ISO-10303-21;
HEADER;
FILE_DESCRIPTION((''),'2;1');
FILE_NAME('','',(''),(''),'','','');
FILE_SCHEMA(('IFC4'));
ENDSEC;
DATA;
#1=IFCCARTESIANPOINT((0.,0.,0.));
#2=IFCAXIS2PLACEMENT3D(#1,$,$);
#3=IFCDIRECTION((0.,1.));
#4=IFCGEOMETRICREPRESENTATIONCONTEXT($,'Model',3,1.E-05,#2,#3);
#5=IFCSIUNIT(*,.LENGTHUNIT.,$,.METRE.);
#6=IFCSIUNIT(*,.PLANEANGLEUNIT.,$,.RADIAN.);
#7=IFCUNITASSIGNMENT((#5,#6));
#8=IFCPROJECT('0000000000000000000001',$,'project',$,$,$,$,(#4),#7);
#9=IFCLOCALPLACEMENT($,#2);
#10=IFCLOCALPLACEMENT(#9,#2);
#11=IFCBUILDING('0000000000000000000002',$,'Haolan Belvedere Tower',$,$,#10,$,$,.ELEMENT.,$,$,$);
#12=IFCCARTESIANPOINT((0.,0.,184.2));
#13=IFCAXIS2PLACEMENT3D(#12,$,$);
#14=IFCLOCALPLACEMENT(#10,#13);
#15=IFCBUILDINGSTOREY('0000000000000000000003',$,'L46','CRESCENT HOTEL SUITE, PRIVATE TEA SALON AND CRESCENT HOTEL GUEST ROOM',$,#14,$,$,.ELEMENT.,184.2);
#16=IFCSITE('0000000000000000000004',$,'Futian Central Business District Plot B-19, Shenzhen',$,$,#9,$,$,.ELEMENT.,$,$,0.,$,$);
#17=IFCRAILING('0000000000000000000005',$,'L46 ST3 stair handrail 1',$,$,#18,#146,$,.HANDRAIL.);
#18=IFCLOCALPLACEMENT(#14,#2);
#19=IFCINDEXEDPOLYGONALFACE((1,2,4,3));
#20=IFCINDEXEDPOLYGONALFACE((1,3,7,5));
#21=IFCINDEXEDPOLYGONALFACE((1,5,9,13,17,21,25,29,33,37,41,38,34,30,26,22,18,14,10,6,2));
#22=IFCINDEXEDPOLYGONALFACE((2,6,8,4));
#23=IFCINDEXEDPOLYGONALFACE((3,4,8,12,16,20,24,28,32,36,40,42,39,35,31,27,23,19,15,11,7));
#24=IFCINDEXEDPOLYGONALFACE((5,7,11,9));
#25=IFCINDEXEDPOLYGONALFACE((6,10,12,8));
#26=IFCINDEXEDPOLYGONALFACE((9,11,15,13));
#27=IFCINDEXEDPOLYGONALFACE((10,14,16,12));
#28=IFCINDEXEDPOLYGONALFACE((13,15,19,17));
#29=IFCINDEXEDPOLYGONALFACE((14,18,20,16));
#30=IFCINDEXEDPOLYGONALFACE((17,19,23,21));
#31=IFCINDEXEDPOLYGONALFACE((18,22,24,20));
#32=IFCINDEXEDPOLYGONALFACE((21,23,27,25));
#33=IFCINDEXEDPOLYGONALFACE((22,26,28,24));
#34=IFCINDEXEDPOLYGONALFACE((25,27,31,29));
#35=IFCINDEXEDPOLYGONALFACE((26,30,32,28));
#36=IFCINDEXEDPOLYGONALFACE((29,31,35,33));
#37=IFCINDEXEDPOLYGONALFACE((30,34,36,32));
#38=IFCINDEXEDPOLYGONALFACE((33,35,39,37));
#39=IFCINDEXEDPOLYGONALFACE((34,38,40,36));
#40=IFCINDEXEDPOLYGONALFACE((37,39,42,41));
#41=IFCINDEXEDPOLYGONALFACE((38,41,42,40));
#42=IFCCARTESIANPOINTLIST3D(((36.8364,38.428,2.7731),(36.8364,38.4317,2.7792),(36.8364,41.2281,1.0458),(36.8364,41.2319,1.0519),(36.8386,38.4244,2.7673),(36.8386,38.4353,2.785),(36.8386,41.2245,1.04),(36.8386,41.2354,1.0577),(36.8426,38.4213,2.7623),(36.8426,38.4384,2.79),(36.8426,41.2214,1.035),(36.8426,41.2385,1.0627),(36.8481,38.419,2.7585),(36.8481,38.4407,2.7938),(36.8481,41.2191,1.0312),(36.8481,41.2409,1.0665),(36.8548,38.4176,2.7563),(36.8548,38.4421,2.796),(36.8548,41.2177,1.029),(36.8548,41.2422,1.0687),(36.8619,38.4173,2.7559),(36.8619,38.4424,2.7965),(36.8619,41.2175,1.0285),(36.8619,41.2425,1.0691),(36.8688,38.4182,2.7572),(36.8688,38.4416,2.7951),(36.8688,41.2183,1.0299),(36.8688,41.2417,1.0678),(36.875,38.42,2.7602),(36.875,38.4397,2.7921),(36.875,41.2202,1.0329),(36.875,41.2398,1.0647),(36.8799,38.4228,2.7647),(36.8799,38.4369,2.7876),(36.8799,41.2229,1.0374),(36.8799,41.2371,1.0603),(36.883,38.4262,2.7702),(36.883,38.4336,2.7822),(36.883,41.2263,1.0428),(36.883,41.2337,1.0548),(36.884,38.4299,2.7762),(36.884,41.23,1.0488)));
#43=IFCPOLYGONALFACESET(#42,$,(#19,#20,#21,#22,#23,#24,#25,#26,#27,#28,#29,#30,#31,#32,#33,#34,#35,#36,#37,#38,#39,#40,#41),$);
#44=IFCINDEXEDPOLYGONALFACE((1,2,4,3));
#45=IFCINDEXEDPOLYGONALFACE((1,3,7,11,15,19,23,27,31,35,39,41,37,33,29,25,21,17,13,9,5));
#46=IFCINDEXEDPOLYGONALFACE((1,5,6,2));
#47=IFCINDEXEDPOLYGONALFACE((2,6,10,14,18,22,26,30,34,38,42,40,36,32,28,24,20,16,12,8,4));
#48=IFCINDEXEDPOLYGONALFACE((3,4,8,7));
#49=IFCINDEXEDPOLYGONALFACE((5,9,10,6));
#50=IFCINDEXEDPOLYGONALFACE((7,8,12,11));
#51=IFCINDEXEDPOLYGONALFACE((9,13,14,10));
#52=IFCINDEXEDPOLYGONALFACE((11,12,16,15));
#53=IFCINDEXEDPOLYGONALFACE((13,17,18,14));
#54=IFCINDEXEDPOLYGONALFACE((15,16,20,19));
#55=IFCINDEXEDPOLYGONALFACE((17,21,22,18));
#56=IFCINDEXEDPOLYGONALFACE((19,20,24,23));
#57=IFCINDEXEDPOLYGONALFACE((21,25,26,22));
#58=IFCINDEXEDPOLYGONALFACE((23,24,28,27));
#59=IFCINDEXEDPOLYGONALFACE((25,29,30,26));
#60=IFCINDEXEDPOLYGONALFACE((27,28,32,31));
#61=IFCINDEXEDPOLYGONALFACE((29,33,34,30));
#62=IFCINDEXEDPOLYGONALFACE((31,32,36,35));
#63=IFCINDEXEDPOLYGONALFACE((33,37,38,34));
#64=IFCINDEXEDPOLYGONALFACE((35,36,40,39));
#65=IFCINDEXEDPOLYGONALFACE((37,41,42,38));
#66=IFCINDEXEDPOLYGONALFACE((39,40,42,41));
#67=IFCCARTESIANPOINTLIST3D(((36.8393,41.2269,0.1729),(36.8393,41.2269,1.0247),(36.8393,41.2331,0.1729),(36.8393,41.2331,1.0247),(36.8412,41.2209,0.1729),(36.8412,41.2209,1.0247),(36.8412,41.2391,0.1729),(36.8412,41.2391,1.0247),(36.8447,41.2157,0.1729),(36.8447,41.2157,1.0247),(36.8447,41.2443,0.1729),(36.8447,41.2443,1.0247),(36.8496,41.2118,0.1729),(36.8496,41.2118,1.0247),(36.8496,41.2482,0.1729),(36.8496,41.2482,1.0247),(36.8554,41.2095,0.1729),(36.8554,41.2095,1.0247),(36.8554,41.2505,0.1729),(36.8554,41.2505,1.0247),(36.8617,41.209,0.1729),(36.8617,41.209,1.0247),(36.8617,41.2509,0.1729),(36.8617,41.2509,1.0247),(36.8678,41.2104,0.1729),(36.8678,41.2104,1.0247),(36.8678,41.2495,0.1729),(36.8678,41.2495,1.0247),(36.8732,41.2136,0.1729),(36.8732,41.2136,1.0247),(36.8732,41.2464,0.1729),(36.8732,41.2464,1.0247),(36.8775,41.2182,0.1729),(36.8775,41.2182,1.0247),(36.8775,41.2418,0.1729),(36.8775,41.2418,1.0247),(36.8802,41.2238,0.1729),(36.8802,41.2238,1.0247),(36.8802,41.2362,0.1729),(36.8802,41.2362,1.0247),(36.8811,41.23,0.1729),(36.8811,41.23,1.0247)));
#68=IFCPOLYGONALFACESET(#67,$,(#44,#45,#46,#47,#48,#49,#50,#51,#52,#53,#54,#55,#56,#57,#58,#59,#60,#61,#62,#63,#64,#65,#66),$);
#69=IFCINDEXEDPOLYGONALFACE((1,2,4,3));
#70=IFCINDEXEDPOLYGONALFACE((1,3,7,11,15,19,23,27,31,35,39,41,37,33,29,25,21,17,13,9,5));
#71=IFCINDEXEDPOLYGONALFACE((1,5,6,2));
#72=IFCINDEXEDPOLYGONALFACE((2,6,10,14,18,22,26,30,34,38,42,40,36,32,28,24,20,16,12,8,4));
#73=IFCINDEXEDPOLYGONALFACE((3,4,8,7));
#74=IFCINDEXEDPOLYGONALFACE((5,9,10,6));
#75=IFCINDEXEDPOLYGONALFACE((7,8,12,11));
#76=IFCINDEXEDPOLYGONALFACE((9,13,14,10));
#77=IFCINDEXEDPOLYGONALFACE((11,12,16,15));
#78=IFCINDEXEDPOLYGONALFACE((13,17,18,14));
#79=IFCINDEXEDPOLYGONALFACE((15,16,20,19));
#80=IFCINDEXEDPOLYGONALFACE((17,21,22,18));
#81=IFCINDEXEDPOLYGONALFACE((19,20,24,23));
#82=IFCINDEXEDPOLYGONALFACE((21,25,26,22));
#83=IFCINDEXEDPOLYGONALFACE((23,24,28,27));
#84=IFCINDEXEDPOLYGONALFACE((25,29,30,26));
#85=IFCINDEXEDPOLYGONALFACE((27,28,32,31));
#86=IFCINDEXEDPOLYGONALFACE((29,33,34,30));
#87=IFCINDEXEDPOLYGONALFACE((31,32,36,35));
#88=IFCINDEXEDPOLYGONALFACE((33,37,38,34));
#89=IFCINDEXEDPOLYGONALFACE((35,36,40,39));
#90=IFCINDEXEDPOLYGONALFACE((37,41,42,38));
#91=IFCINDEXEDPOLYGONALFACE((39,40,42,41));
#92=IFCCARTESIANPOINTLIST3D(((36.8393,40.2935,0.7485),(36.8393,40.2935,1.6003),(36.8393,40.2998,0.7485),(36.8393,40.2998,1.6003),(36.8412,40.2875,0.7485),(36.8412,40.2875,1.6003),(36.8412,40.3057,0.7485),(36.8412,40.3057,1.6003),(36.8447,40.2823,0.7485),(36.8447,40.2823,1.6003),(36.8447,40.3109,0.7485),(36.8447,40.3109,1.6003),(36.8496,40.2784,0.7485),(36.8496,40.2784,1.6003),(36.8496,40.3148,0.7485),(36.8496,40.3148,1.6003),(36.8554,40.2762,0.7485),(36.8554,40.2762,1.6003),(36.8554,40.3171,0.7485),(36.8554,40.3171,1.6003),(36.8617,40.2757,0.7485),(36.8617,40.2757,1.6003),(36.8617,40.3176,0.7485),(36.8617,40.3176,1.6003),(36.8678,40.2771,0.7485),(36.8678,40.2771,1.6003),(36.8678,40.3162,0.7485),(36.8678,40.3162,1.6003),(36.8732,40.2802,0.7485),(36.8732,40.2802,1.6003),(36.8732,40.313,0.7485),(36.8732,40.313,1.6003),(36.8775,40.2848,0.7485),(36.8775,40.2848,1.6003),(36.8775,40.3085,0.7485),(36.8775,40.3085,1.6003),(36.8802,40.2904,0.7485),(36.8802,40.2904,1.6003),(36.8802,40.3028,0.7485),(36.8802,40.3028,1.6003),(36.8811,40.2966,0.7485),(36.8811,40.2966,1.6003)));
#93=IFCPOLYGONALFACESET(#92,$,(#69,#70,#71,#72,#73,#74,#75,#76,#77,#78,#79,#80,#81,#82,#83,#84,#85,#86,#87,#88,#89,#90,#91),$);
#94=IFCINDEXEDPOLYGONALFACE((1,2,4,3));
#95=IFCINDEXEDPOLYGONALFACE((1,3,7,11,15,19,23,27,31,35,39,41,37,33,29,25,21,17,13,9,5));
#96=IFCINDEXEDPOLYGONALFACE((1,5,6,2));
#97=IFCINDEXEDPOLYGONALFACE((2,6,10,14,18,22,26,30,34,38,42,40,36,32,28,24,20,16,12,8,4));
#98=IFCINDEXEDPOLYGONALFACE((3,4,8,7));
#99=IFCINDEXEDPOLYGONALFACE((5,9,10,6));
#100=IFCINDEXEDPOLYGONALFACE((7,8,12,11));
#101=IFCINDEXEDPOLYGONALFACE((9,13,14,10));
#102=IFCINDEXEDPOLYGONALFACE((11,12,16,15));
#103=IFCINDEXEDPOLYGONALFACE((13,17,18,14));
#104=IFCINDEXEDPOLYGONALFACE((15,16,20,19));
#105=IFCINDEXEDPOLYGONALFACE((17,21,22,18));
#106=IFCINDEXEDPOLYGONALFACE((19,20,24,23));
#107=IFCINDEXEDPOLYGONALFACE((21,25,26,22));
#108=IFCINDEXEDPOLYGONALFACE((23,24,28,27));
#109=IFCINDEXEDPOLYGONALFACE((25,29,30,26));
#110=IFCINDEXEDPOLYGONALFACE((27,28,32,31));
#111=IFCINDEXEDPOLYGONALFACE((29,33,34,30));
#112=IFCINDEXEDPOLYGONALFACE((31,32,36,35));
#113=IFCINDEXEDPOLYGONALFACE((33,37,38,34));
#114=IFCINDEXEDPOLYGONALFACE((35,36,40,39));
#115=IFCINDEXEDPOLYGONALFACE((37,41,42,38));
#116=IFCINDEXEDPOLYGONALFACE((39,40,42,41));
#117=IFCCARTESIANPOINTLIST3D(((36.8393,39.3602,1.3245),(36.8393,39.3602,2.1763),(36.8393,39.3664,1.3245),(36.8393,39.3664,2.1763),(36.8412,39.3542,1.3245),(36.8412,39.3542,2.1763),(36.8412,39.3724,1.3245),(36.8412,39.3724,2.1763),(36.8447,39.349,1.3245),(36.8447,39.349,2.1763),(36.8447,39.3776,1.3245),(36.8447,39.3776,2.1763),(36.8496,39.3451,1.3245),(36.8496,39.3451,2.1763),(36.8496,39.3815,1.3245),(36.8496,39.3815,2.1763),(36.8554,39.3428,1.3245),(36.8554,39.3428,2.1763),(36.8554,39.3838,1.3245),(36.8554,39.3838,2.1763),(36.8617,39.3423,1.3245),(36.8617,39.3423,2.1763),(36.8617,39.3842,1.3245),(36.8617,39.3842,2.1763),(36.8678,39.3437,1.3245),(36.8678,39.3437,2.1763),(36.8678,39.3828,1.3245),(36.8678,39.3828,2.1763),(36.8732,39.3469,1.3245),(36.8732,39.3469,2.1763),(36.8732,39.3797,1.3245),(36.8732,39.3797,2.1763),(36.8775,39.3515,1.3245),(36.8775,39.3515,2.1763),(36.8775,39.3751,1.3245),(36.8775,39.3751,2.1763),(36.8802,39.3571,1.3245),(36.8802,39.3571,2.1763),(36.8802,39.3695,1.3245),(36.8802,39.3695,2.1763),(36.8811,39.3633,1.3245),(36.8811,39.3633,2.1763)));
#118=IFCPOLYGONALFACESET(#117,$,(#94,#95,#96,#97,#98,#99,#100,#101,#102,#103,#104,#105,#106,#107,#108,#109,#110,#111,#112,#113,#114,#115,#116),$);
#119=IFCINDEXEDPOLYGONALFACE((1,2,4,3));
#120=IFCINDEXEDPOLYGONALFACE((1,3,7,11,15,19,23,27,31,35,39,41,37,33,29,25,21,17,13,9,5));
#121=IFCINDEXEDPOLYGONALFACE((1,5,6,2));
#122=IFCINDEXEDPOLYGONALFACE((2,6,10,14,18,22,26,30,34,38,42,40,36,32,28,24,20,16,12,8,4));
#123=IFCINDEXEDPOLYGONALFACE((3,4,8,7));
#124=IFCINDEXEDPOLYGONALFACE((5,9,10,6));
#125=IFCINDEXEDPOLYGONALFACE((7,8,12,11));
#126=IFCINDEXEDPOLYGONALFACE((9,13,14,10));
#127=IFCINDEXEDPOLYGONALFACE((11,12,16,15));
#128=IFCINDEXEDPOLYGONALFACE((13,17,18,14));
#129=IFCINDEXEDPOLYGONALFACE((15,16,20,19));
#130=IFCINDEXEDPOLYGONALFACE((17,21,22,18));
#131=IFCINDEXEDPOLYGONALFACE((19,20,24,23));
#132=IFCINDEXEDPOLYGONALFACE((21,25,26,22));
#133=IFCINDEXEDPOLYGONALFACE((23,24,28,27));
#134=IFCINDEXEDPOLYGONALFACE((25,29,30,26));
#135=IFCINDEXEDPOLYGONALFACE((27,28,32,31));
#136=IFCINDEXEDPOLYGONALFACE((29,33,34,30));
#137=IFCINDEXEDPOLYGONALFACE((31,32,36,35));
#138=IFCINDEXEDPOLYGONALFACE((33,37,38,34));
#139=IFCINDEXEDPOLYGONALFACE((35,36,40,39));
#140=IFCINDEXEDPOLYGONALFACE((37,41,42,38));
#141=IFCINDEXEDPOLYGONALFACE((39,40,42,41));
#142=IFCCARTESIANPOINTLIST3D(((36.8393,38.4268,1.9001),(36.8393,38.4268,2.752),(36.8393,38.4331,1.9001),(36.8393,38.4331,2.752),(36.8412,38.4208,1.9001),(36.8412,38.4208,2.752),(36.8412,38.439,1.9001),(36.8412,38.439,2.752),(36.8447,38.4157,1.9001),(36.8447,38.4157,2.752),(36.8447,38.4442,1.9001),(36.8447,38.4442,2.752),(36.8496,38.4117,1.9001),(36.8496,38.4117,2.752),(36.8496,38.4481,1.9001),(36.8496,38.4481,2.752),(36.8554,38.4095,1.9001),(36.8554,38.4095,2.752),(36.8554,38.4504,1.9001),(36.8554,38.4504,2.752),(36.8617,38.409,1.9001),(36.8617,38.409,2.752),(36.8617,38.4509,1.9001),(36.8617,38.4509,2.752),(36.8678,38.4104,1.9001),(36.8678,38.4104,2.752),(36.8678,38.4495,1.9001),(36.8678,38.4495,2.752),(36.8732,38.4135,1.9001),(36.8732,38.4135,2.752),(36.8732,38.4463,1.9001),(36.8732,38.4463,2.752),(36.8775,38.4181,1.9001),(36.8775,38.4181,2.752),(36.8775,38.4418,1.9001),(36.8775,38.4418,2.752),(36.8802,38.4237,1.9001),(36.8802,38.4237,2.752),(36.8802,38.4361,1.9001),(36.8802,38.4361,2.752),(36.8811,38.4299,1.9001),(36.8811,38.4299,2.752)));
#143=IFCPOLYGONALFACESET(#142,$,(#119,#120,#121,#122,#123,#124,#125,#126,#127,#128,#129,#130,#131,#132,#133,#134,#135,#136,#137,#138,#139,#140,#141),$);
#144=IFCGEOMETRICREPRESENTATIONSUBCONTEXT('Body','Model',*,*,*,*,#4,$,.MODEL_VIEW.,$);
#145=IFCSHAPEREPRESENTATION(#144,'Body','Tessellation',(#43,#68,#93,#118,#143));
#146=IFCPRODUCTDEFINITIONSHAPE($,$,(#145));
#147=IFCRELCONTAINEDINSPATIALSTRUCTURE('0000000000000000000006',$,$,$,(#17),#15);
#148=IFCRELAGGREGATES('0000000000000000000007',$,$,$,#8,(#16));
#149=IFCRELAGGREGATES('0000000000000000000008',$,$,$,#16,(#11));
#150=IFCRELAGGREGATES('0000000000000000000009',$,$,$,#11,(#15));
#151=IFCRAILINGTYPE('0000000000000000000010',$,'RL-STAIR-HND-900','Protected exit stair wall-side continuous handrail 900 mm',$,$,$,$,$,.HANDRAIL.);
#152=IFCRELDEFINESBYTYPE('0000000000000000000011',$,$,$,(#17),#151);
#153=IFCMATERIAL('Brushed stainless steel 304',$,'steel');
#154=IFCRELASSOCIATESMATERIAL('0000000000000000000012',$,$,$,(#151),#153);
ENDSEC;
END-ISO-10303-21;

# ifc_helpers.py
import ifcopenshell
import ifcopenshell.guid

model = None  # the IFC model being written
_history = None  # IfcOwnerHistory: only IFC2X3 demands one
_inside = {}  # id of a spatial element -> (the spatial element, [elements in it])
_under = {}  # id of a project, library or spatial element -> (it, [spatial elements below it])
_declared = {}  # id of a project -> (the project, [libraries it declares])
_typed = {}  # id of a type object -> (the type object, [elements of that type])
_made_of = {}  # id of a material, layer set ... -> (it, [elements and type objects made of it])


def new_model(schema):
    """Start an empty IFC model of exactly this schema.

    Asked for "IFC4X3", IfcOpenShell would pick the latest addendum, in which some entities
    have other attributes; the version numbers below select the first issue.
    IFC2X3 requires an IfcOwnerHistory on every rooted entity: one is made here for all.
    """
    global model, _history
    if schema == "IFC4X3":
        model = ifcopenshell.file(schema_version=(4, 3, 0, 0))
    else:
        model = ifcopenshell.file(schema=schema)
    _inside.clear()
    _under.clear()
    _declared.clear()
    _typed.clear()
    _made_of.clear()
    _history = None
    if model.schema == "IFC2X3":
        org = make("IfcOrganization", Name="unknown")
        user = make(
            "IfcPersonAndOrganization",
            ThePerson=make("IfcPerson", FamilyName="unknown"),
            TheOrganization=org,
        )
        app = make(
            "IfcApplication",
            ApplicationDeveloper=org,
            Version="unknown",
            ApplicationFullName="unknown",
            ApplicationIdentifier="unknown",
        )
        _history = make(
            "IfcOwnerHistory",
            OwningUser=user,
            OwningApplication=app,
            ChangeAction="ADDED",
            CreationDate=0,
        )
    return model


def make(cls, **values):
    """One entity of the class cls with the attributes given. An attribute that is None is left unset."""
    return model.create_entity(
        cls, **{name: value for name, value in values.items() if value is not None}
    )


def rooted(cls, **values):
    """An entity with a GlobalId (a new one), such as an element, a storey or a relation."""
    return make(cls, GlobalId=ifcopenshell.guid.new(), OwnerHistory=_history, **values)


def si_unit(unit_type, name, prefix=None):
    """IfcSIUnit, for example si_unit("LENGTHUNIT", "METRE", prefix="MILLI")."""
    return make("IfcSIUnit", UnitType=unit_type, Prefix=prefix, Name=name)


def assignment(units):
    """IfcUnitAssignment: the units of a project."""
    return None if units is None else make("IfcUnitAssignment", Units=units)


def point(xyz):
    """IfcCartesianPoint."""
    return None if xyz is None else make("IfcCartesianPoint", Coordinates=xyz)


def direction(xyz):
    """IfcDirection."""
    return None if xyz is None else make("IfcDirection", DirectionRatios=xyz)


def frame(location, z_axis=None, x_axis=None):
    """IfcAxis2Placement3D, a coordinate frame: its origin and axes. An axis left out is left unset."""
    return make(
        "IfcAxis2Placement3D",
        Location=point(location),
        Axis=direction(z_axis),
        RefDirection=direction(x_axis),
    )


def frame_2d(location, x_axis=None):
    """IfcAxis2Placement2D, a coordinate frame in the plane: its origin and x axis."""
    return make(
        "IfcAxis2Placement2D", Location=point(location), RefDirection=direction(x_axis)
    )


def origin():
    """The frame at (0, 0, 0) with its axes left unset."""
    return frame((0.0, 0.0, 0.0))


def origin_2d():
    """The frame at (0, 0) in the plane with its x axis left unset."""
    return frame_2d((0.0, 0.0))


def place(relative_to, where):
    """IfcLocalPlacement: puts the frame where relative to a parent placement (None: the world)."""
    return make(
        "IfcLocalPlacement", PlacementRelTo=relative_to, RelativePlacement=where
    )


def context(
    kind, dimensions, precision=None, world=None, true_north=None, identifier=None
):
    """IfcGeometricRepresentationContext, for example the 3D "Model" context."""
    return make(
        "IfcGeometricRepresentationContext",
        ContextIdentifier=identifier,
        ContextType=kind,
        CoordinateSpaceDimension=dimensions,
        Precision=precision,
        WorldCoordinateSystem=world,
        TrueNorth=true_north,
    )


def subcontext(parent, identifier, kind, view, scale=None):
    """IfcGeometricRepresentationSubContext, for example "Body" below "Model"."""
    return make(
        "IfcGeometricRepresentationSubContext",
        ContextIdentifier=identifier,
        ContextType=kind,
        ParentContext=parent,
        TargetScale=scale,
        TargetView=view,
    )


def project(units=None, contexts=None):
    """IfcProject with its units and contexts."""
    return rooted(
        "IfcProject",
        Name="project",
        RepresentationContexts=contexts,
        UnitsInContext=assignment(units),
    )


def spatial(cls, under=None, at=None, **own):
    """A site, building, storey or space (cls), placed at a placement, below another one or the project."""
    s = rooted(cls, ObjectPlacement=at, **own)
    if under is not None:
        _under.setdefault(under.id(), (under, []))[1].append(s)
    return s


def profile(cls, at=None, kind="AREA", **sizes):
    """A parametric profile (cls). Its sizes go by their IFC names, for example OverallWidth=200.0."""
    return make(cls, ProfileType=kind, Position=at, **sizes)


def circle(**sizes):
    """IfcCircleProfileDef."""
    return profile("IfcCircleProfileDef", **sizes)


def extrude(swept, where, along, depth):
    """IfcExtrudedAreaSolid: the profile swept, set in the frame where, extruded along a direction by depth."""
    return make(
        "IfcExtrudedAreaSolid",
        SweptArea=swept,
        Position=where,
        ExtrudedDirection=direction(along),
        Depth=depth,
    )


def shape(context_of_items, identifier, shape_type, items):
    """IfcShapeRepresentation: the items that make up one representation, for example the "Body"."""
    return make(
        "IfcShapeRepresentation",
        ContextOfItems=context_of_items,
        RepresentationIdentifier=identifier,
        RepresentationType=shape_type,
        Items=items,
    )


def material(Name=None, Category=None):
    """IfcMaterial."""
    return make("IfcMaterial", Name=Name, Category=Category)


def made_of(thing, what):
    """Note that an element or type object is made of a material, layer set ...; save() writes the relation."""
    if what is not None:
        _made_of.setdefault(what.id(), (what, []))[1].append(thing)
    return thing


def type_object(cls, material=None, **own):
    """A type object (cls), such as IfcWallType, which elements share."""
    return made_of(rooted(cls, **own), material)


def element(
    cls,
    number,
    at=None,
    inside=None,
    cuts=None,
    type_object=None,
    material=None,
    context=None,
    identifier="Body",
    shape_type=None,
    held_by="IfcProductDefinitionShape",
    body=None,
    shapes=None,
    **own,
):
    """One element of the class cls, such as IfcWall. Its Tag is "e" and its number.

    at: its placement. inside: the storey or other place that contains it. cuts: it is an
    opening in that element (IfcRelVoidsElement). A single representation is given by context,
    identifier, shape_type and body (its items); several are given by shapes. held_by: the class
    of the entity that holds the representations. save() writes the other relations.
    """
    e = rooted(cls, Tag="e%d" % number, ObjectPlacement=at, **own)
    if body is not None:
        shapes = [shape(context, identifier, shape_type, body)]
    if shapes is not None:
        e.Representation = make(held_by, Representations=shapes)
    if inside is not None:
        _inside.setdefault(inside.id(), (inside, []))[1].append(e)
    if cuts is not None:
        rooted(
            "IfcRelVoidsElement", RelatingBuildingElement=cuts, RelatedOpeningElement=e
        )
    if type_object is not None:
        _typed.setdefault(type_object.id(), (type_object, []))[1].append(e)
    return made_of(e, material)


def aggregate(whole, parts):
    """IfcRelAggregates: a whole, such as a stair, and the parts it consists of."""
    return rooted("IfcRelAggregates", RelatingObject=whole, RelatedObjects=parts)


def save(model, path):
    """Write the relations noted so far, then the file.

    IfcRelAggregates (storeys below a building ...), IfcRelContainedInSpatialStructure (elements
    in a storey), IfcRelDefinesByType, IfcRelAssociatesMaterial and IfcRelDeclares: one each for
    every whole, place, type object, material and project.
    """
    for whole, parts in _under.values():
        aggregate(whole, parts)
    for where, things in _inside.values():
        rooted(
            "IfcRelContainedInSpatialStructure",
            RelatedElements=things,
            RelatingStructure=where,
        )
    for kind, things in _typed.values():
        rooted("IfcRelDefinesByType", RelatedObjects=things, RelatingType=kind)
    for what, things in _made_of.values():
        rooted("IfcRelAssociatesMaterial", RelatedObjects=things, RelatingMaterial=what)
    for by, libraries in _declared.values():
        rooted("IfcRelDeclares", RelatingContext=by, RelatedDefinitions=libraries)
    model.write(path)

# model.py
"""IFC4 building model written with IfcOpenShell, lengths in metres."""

from ifc_helpers import new_model, si_unit, direction, frame, origin, origin_2d, place, context, subcontext, project, spatial, circle, extrude, material, type_object, element, save


model = new_model("IFC4")

# Units and contexts
model_context = context("Model", 3, precision=1e-05, world=origin(), true_north=direction((0.0, 1.0)))
body_context = subcontext(model_context, "Body", "Model", "MODEL_VIEW")
ifc_project = project(units=[si_unit("LENGTHUNIT", "METRE"), si_unit("PLANEANGLEUNIT", "RADIAN")], contexts=[model_context])

# Site, building, storey
site_placement = place(None, origin())
site = spatial("IfcSite", under=ifc_project, at=site_placement, Name="Futian Central Business District Plot B-19, Shenzhen", CompositionType="ELEMENT", RefElevation=0.0)
building_placement = place(site_placement, origin())
building = spatial("IfcBuilding", under=site, at=building_placement, Name="Haolan Belvedere Tower", CompositionType="ELEMENT")
storey_placement = place(building_placement, frame((0.0, 0.0, 184.2)))
storey = spatial("IfcBuildingStorey", under=building, at=storey_placement, Name="L46", Description="CRESCENT HOTEL SUITE, PRIVATE TEA SALON AND CRESCENT HOTEL GUEST ROOM", CompositionType="ELEMENT", Elevation=184.2)

# Railing
ifc_material_1 = material(Name="Brushed stainless steel 304", Category="steel")
railing_type_1 = type_object("IfcRailingType", Name="RL-STAIR-HND-900", Description="Protected exit stair wall-side continuous handrail 900 mm", PredefinedType="HANDRAIL", material=ifc_material_1)
railing_1_placement = place(storey_placement, frame((36.8601, 41.23, 0.1729)))
element("IfcRailing", 1, at=railing_1_placement, inside=storey, type_object=railing_type_1, Name="L46 ST3 stair handrail 1", PredefinedType="HANDRAIL", context=body_context, shape_type="SweptSolid", body=[
    extrude(circle(Radius=0.0239, at=origin_2d()), frame((0.0, 0.0, 0.876), z_axis=(0.0, -0.85109, 0.52502), x_axis=(1.0, 0.0, 0.0)), (0.0, 0.0, 1.0), 3.29),
    extrude(circle(Radius=0.021, at=origin_2d()), origin(), (0.0, 0.0, 1.0), 0.8518),
    extrude(circle(Radius=0.021, at=origin_2d()), frame((0.0, -0.9333, 0.5757)), (0.0, 0.0, 1.0), 0.8518),
    extrude(circle(Radius=0.021, at=origin_2d()), frame((0.0, -1.8667, 1.1516)), (0.0, 0.0, 1.0), 0.8518),
    extrude(circle(Radius=0.021, at=origin_2d()), frame((0.0, -2.8, 1.7273)), (0.0, 0.0, 1.0), 0.8518),
])

save(model, "model.ifc")
